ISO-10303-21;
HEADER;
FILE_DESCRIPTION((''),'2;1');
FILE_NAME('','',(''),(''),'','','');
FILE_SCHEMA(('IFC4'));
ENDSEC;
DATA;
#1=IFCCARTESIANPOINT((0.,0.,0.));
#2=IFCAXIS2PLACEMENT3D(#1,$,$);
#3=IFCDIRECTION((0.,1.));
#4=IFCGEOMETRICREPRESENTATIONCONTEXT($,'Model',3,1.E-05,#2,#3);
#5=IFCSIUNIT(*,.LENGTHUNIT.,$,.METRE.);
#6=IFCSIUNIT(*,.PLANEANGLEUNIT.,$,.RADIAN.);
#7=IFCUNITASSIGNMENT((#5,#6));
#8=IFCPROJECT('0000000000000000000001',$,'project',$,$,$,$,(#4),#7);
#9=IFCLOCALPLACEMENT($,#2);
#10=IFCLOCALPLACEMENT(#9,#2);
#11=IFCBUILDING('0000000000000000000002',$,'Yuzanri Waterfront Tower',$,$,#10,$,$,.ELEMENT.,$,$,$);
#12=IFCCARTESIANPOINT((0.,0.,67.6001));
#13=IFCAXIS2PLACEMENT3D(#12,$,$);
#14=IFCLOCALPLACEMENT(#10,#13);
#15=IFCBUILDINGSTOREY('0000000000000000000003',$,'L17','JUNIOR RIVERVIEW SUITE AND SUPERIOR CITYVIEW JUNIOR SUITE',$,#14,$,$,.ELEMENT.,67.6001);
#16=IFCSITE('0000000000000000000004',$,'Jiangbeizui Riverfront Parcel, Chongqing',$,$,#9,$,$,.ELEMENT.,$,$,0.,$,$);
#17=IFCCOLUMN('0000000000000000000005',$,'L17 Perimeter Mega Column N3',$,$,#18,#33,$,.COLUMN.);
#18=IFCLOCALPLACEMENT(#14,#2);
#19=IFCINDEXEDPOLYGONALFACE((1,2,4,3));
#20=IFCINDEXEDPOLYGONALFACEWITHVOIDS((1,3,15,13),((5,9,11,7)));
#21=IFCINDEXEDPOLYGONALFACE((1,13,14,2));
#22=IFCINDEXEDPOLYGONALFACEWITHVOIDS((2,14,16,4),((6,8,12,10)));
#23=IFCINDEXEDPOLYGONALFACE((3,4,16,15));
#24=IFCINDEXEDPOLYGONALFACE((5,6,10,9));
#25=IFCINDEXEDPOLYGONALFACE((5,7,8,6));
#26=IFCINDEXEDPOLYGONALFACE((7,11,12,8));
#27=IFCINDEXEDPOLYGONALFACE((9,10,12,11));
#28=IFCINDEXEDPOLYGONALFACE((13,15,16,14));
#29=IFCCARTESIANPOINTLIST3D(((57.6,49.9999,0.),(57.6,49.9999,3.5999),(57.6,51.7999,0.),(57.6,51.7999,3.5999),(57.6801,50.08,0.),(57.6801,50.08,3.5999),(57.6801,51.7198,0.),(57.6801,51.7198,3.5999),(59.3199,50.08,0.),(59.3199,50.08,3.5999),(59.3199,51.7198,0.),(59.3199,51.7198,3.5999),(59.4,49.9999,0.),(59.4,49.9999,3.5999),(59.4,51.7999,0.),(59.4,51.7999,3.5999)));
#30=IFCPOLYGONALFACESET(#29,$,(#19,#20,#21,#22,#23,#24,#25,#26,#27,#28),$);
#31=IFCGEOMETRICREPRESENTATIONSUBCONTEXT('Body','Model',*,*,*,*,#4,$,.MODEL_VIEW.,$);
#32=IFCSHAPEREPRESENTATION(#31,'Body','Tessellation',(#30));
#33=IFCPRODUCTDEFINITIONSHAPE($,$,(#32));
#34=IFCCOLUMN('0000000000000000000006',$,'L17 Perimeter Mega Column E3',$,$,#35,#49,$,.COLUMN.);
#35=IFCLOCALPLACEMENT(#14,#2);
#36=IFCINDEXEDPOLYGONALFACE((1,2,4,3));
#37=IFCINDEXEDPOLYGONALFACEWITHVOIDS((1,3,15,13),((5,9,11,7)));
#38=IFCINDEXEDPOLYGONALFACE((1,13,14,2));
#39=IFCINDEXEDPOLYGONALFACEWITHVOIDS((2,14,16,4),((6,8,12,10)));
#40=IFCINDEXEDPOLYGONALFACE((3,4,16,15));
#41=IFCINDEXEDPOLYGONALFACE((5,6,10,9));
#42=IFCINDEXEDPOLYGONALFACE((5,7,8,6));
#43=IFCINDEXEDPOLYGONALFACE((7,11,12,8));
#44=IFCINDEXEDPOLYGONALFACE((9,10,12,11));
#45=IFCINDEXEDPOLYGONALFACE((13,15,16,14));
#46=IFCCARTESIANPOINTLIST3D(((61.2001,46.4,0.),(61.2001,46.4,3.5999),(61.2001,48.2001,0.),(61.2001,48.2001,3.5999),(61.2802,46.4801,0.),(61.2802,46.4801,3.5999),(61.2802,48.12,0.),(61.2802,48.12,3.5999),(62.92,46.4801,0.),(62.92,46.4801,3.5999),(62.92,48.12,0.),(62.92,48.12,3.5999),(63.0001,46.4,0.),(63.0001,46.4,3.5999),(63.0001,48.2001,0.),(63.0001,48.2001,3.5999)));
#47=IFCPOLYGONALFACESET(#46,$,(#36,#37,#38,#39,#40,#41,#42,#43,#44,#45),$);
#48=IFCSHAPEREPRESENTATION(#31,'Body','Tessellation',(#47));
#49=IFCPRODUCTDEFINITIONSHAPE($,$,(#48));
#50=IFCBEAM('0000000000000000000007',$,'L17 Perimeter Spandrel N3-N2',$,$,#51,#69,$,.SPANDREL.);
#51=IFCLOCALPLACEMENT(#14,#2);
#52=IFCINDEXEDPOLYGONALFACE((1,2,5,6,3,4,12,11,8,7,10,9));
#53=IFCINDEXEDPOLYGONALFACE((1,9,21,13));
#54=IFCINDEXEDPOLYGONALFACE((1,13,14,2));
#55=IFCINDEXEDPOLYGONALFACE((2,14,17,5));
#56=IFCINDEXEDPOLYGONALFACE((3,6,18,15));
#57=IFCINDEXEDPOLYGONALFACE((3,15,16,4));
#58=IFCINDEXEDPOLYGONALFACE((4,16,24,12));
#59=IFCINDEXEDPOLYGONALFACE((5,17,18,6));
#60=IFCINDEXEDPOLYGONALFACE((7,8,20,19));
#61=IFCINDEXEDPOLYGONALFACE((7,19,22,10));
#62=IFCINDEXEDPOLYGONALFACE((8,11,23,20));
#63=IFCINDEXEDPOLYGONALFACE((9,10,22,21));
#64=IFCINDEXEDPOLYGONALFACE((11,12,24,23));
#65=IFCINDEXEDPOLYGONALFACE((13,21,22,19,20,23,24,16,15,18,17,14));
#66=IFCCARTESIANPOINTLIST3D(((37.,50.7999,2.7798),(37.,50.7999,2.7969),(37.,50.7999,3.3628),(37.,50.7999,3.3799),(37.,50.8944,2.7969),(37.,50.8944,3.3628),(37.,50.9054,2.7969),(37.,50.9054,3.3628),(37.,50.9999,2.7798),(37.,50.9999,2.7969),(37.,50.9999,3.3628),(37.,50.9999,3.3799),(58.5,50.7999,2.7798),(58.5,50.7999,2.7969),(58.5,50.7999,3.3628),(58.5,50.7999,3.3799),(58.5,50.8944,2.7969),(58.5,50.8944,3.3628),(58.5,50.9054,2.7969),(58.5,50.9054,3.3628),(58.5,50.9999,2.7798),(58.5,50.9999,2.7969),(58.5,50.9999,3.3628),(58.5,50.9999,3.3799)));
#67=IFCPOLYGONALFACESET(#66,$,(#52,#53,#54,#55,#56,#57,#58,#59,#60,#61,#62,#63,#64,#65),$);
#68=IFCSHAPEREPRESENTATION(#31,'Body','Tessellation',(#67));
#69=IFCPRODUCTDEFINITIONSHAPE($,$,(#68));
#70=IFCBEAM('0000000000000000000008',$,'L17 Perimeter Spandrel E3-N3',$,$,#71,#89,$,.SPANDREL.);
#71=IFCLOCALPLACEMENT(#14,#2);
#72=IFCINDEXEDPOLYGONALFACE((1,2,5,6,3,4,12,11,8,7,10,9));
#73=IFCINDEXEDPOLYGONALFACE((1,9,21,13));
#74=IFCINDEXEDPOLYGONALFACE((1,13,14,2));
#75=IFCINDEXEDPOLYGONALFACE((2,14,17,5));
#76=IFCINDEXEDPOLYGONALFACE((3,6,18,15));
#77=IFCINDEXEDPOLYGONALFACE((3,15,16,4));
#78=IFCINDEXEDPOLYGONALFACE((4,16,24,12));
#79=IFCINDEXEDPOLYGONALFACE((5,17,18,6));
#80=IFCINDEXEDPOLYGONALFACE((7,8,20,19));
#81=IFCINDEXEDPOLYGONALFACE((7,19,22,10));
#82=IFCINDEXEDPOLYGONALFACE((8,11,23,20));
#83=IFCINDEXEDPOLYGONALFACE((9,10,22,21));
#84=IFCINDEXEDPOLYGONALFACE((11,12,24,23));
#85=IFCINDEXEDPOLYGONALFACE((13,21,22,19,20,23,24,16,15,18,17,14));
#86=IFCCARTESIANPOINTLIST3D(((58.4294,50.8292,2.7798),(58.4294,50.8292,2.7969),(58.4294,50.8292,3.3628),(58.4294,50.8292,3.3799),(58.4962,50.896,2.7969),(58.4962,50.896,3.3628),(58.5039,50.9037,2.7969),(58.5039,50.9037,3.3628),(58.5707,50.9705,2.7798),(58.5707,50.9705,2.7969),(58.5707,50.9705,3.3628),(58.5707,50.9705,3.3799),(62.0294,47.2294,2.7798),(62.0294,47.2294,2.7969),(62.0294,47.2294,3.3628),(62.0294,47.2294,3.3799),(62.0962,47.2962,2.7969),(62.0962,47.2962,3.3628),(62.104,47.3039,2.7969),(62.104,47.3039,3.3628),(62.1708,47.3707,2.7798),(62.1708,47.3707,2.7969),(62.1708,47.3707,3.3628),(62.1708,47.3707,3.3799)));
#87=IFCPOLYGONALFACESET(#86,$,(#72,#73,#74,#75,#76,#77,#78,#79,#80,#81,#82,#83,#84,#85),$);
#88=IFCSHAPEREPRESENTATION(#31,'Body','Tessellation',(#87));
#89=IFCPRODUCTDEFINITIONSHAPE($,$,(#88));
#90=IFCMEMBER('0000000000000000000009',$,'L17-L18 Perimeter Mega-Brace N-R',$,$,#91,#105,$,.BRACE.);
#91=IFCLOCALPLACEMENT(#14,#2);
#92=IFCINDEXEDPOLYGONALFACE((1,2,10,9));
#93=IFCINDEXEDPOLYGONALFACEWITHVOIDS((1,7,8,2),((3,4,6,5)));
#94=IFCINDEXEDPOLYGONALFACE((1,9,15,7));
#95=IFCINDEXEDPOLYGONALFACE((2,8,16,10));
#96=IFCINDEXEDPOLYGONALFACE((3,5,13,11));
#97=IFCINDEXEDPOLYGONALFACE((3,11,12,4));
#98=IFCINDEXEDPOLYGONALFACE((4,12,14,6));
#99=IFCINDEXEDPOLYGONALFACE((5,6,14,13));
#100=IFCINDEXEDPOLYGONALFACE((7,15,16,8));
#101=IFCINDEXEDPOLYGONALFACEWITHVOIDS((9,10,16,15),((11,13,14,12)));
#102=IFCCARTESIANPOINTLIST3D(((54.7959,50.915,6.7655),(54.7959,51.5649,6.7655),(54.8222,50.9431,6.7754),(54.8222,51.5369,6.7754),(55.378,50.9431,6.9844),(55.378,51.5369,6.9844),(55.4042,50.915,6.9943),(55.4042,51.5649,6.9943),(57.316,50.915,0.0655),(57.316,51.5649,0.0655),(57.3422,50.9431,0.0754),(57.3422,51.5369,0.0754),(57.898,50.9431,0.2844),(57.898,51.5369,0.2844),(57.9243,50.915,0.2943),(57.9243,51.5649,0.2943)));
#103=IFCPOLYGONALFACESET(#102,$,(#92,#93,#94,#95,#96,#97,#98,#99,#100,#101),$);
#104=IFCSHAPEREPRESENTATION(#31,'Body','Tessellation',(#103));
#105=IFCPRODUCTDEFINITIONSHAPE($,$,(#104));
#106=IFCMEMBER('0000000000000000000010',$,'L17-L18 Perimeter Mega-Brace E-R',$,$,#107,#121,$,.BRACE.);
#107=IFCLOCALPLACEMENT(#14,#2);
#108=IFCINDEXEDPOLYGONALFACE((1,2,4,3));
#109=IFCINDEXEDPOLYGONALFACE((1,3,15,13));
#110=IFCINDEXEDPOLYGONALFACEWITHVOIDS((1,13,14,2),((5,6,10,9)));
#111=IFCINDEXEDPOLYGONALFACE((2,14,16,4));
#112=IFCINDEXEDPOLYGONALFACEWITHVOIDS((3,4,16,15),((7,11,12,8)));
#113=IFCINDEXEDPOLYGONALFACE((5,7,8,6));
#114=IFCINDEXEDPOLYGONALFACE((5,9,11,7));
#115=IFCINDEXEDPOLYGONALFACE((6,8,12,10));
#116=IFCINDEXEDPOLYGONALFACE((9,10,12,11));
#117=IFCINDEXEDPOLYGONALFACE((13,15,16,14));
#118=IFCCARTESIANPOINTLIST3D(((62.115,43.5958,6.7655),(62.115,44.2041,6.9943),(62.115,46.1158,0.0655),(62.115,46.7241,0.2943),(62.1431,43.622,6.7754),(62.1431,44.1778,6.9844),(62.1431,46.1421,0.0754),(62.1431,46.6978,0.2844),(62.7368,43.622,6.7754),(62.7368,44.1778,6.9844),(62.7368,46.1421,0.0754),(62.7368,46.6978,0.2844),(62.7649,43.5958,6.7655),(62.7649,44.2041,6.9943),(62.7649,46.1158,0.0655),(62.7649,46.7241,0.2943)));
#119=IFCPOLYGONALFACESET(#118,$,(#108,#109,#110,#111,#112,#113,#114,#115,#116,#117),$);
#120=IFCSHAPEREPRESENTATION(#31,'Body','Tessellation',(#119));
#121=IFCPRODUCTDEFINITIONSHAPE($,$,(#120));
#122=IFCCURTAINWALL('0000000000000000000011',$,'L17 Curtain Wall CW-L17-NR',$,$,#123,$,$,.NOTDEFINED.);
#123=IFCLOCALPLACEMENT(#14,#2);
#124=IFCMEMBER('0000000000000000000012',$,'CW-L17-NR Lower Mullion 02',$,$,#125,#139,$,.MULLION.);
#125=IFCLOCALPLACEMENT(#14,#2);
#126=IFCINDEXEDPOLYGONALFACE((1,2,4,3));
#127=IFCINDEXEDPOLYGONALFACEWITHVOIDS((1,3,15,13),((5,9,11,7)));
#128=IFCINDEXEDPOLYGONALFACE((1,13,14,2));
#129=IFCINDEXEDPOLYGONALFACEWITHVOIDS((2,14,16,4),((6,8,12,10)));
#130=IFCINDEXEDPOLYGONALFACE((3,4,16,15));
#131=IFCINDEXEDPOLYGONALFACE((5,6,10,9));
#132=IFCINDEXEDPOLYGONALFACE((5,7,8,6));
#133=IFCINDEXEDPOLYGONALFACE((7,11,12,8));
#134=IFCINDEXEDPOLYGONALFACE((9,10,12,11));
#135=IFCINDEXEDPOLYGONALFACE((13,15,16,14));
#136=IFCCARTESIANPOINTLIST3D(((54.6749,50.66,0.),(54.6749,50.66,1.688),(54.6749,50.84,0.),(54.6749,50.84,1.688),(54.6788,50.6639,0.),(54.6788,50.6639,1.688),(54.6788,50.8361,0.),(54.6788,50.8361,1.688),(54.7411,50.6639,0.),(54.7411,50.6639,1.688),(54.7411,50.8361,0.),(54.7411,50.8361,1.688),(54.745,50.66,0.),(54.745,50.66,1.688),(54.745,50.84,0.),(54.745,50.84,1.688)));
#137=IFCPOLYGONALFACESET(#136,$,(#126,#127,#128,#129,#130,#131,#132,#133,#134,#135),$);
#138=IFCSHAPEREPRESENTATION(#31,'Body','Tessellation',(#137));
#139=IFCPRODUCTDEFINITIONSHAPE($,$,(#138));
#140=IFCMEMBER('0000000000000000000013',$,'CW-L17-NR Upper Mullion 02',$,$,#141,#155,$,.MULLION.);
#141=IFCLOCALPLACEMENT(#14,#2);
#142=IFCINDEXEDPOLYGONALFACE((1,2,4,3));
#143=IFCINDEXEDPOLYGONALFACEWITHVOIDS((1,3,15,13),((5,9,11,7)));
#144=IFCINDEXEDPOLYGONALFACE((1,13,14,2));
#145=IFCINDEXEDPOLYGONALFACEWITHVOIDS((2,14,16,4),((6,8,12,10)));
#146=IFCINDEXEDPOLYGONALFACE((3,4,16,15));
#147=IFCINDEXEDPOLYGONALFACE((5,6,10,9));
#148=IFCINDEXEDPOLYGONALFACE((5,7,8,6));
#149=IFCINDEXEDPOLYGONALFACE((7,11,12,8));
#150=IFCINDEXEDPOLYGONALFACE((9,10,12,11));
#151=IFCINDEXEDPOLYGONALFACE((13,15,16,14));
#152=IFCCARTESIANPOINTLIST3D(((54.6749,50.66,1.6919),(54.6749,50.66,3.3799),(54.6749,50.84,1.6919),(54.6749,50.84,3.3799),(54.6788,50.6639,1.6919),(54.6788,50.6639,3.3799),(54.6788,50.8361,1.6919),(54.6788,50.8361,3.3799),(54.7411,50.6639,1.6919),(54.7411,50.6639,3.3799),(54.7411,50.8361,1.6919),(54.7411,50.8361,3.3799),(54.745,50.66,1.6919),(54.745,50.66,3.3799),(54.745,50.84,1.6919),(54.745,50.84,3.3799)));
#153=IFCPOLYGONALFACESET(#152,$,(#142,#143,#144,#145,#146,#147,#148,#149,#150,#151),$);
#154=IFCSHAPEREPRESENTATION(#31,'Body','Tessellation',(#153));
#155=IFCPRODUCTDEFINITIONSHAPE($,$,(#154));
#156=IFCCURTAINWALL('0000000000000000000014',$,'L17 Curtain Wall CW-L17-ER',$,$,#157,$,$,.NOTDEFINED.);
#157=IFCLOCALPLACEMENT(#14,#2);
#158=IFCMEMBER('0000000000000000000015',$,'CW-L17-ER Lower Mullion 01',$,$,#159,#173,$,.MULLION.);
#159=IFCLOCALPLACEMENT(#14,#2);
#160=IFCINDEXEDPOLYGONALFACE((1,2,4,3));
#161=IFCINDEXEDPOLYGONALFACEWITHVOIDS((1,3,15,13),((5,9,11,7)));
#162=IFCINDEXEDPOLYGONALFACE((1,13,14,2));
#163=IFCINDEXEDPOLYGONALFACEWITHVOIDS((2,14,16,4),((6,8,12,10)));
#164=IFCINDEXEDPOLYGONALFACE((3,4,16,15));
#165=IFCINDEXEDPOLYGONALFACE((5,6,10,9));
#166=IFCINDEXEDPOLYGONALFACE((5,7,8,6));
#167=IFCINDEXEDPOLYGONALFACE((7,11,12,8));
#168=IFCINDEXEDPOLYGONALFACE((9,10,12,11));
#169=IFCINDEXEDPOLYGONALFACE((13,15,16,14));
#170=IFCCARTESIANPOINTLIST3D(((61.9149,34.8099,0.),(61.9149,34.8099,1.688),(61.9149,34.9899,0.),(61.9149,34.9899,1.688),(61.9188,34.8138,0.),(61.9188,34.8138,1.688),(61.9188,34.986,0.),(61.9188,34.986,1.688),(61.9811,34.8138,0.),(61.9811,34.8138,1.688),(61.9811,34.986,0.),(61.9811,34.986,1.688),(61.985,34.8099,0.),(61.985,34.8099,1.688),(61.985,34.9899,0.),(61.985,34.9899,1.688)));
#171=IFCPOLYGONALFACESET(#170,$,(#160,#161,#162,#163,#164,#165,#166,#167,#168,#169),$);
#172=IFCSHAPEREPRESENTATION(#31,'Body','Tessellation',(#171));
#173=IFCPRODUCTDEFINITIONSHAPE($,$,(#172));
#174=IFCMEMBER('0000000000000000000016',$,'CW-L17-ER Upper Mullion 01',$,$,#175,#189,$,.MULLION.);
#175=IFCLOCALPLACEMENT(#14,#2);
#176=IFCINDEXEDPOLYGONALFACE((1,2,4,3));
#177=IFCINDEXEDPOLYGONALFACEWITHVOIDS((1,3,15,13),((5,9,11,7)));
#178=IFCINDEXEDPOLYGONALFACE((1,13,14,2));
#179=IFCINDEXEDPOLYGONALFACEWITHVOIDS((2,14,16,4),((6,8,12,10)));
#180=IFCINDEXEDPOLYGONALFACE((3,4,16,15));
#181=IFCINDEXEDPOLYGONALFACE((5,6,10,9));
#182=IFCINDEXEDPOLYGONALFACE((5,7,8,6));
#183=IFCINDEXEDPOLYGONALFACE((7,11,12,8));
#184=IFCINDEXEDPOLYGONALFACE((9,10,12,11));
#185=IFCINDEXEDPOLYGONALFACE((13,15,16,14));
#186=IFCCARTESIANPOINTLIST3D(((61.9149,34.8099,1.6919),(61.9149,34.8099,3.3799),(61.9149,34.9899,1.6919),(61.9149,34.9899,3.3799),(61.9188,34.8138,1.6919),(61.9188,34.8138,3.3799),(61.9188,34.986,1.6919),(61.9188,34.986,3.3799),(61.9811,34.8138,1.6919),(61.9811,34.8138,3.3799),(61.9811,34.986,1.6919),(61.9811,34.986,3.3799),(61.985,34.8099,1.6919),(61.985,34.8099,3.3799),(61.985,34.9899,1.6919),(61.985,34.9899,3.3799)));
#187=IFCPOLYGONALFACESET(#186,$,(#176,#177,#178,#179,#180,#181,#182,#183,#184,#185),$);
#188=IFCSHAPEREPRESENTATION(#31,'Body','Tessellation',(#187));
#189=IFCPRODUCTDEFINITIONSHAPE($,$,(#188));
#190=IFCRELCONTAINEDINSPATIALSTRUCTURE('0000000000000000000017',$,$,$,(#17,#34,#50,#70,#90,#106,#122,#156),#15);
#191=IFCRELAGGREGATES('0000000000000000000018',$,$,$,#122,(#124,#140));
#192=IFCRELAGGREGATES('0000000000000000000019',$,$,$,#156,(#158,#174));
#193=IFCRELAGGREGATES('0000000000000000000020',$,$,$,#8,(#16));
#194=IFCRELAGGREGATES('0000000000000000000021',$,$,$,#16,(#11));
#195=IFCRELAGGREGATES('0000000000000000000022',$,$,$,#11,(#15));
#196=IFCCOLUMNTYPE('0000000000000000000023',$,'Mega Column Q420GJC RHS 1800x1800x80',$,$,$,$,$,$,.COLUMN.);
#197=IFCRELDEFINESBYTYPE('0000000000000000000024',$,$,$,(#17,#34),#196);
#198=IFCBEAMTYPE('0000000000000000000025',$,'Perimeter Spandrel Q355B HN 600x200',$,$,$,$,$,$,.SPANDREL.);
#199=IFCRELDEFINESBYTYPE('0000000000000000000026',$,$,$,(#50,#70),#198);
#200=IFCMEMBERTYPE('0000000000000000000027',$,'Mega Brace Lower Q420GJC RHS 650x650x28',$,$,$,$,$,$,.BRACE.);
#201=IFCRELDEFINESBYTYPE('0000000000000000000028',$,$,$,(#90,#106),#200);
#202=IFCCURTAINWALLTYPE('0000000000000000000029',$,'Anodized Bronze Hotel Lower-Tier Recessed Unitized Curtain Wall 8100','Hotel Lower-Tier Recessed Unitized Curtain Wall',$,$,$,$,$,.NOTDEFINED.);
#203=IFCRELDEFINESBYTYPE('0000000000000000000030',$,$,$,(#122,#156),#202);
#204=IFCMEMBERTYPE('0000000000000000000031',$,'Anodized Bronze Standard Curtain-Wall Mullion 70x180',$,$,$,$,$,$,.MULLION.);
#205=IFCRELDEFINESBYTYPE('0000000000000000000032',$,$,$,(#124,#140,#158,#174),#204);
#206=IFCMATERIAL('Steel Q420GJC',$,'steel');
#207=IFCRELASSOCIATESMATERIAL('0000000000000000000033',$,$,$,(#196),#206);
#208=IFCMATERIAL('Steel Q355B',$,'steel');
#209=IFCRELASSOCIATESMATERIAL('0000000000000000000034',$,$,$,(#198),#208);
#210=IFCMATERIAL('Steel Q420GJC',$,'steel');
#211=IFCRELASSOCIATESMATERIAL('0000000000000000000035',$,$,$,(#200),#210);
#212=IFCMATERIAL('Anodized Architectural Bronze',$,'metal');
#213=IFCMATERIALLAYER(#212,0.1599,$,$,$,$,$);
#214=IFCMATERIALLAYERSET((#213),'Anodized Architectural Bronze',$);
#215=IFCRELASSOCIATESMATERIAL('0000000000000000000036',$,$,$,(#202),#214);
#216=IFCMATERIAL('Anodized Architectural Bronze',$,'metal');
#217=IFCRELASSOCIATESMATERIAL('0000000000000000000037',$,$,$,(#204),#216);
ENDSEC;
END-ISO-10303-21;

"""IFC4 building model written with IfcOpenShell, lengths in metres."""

from ifc_helpers import new_model, si_unit, direction, frame, origin, origin_2d, place, context, subcontext, project, spatial, hollow_rectangle, i_section, extrude, source, transform, mapped, material, layer, layer_set, material_profile, profile_set, type_object, element, aggregate, save


model = new_model("IFC4")

# Units and contexts
model_context = context("Model", 3, precision=1e-05, world=origin(), true_north=direction((0.0, 1.0)))
body_context = subcontext(model_context, "Body", "Model", "MODEL_VIEW")
ifc_project = project(units=[si_unit("LENGTHUNIT", "METRE"), si_unit("PLANEANGLEUNIT", "RADIAN")], contexts=[model_context])

# Site, building, storey
site_placement = place(None, origin())
site = spatial("IfcSite", under=ifc_project, at=site_placement, Name="Jiangbeizui Riverfront Parcel, Chongqing", CompositionType="ELEMENT", RefElevation=0.0)
building_placement = place(site_placement, origin())
building = spatial("IfcBuilding", under=site, at=building_placement, Name="Yuzanri Waterfront Tower", CompositionType="ELEMENT")
storey_placement = place(building_placement, frame((0.0, 0.0, 67.6001)))
storey = spatial("IfcBuildingStorey", under=building, at=storey_placement, Name="L17", Description="JUNIOR RIVERVIEW SUITE AND SUPERIOR CITYVIEW JUNIOR SUITE", CompositionType="ELEMENT", Elevation=67.6001)

# Columns
ifc_material_1 = material(Name="Steel Q420GJC", Category="steel")
ifc_material_profile_1 = material_profile(ifc_material_1, hollow_rectangle(XDim=1.8, YDim=1.8, WallThickness=0.0801, at=origin_2d()), Name="RHS 1800x1800x80")
ifc_profile_set_1 = profile_set([ifc_material_profile_1], Name="Steel Q420GJC")
column_type = type_object("IfcColumnType", Name="Mega Column Q420GJC RHS 1800x1800x80", PredefinedType="COLUMN", material=ifc_profile_set_1)
shared_shape_1 = source(origin(), body_context, "Body", "SweptSolid", [
    extrude(hollow_rectangle(XDim=1.8, YDim=1.8, WallThickness=0.0801, at=origin_2d()), origin(), (0.0, 0.0, 1.0), 3.5999),
])
for number, where, z_axis, x_axis, name in (
    (1, (58.5, 50.8999, 0.0), (0.0, 0.0, 1.0), (1.0, 0.0, 0.0), "L17 Perimeter Mega Column N3"),
    (2, (62.1001, 47.3, 0.0), (0.0, 0.0, 1.0), (1.0, 0.0, 0.0), "L17 Perimeter Mega Column E3"),
):
    element("IfcColumn", number, at=place(storey_placement, frame(where, z_axis=z_axis, x_axis=x_axis)), inside=storey, type_object=column_type, Name=name, PredefinedType="COLUMN", context=body_context, shape_type="MappedRepresentation", body=[
        mapped(shared_shape_1, transform((0.0, 0.0, 0.0), scale=1.0)),
    ])

# Beams
ifc_material_2 = material(Name="Steel Q355B", Category="steel")
ifc_material_profile_2 = material_profile(ifc_material_2, i_section(OverallWidth=0.2, OverallDepth=0.6001, WebThickness=0.011, FlangeThickness=0.0171, at=origin_2d()), Name="HN 600x200x11x17")
ifc_profile_set_2 = profile_set([ifc_material_profile_2], Name="Steel Q355B")
beam_type = type_object("IfcBeamType", Name="Perimeter Spandrel Q355B HN 600x200", PredefinedType="SPANDREL", material=ifc_profile_set_2)
shared_shape_2 = source(origin(), body_context, "Body", "SweptSolid", [
    extrude(i_section(OverallWidth=0.2, OverallDepth=0.6001, WebThickness=0.011, FlangeThickness=0.0171, at=origin_2d()), origin(), (0.0, 0.0, 1.0), 21.5),
])
beam_1_placement = place(storey_placement, frame((58.5, 50.8999, 3.0798), z_axis=(-1.0, 0.0, 0.0), x_axis=(0.0, -1.0, 0.0)))
element("IfcBeam", 3, at=beam_1_placement, inside=storey, type_object=beam_type, Name="L17 Perimeter Spandrel N3-N2", PredefinedType="SPANDREL", context=body_context, shape_type="MappedRepresentation", body=[
    mapped(shared_shape_2, transform((0.0, 0.0, 0.0), scale=1.0)),
])
shared_shape_3 = source(origin(), body_context, "Body", "SweptSolid", [
    extrude(i_section(OverallWidth=0.2, OverallDepth=0.6001, WebThickness=0.011, FlangeThickness=0.0171, at=origin_2d()), origin(), (0.0, 0.0, 1.0), 5.0911),
])
beam_2_placement = place(storey_placement, frame((62.1001, 47.3, 3.0798), z_axis=(-0.707131, 0.707083, 0.0), x_axis=(-0.707083, -0.707131, 0.0)))
element("IfcBeam", 4, at=beam_2_placement, inside=storey, type_object=beam_type, Name="L17 Perimeter Spandrel E3-N3", PredefinedType="SPANDREL", context=body_context, shape_type="MappedRepresentation", body=[
    mapped(shared_shape_3, transform((0.0, 0.0, 0.0), scale=1.0)),
])

# Members
ifc_material_3 = material(Name="Steel Q420GJC", Category="steel")
ifc_material_profile_3 = material_profile(ifc_material_3, hollow_rectangle(XDim=0.6499, YDim=0.6499, WallThickness=0.0281, at=origin_2d()), Name="RHS 650x650x28")
ifc_profile_set_3 = profile_set([ifc_material_profile_3], Name="Steel Q420GJC")
member_type_1 = type_object("IfcMemberType", Name="Mega Brace Lower Q420GJC RHS 650x650x28", PredefinedType="BRACE", material=ifc_profile_set_3)
shared_shape_4 = source(origin(), body_context, "Body", "SweptSolid", [
    extrude(hollow_rectangle(XDim=0.6499, YDim=0.6499, WallThickness=0.0281, at=origin_2d()), origin(), (0.0, 0.0, 1.0), 7.1582),
])
for number, where, z_axis, x_axis, name in (
    (5, (57.6201, 51.24, 0.1799), (-0.352046, 0.0, 0.935983), (0.0, -1.0, 0.0), "L17-L18 Perimeter Mega-Brace N-R"),
    (6, (62.4399, 46.4199, 0.1799), (0.0, -0.352046, 0.935983), (1.0, 0.0, 0.0), "L17-L18 Perimeter Mega-Brace E-R"),
):
    element("IfcMember", number, at=place(storey_placement, frame(where, z_axis=z_axis, x_axis=x_axis)), inside=storey, type_object=member_type_1, Name=name, PredefinedType="BRACE", context=body_context, shape_type="MappedRepresentation", body=[
        mapped(shared_shape_4, transform((0.0, 0.0, 0.0), scale=1.0)),
    ])

# Curtain walls, members
ifc_material_4 = material(Name="Anodized Architectural Bronze", Category="metal")
ifc_layer_1 = layer(ifc_material_4, 0.1599)
ifc_layer_set_1 = layer_set([ifc_layer_1], Name="Anodized Architectural Bronze")
curtain_wall_type = type_object("IfcCurtainWallType", Name="Anodized Bronze Hotel Lower-Tier Recessed Unitized Curtain Wall 8100", Description="Hotel Lower-Tier Recessed Unitized Curtain Wall", PredefinedType="NOTDEFINED", material=ifc_layer_set_1)
curtain_wall_1_placement = place(storey_placement, origin())
curtain_wall_1 = element("IfcCurtainWall", 7, at=curtain_wall_1_placement, inside=storey, type_object=curtain_wall_type, Name="L17 Curtain Wall CW-L17-NR", PredefinedType="NOTDEFINED")
ifc_material_5 = material(Name="Anodized Architectural Bronze", Category="metal")
ifc_material_profile_4 = material_profile(ifc_material_5, hollow_rectangle(XDim=0.0701, YDim=0.1799, WallThickness=0.0039, at=origin_2d()), Name="CWM 70x180")
ifc_profile_set_4 = profile_set([ifc_material_profile_4], Name="Anodized Architectural Bronze")
member_type_2 = type_object("IfcMemberType", Name="Anodized Bronze Standard Curtain-Wall Mullion 70x180", PredefinedType="MULLION", material=ifc_profile_set_4)
shared_shape_5 = source(origin(), body_context, "Body", "SweptSolid", [
    extrude(hollow_rectangle(XDim=0.0701, YDim=0.1799, WallThickness=0.0039, at=origin_2d()), origin(), (0.0, 0.0, 1.0), 1.688),
])
member_1_placement = place(storey_placement, frame((54.71, 50.75, 0.0), z_axis=(0.0, 0.0, 1.0), x_axis=(1.0, 0.0, 0.0)))
member_1 = element("IfcMember", 8, at=member_1_placement, type_object=member_type_2, Name="CW-L17-NR Lower Mullion 02", PredefinedType="MULLION", context=body_context, shape_type="MappedRepresentation", body=[
    mapped(shared_shape_5, transform((0.0, 0.0, 0.0), scale=1.0)),
])
member_2_placement = place(storey_placement, frame((54.71, 50.75, 1.6919), z_axis=(0.0, 0.0, 1.0), x_axis=(1.0, 0.0, 0.0)))
member_2 = element("IfcMember", 9, at=member_2_placement, type_object=member_type_2, Name="CW-L17-NR Upper Mullion 02", PredefinedType="MULLION", context=body_context, shape_type="MappedRepresentation", body=[
    mapped(shared_shape_5, transform((0.0, 0.0, 0.0), scale=1.0)),
])
aggregate(curtain_wall_1, [member_1, member_2])
curtain_wall_2_placement = place(storey_placement, origin())
curtain_wall_2 = element("IfcCurtainWall", 10, at=curtain_wall_2_placement, inside=storey, type_object=curtain_wall_type, Name="L17 Curtain Wall CW-L17-ER", PredefinedType="NOTDEFINED")
member_3_placement = place(storey_placement, frame((61.95, 34.8999, 0.0), z_axis=(0.0, 0.0, 1.0), x_axis=(1.0, 0.0, 0.0)))
member_3 = element("IfcMember", 11, at=member_3_placement, type_object=member_type_2, Name="CW-L17-ER Lower Mullion 01", PredefinedType="MULLION", context=body_context, shape_type="MappedRepresentation", body=[
    mapped(shared_shape_5, transform((0.0, 0.0, 0.0), scale=1.0)),
])
member_4_placement = place(storey_placement, frame((61.95, 34.8999, 1.6919), z_axis=(0.0, 0.0, 1.0), x_axis=(1.0, 0.0, 0.0)))
member_4 = element("IfcMember", 12, at=member_4_placement, type_object=member_type_2, Name="CW-L17-ER Upper Mullion 01", PredefinedType="MULLION", context=body_context, shape_type="MappedRepresentation", body=[
    mapped(shared_shape_5, transform((0.0, 0.0, 0.0), scale=1.0)),
])

aggregate(curtain_wall_2, [member_3, member_4])

save(model, "model.ifc")
